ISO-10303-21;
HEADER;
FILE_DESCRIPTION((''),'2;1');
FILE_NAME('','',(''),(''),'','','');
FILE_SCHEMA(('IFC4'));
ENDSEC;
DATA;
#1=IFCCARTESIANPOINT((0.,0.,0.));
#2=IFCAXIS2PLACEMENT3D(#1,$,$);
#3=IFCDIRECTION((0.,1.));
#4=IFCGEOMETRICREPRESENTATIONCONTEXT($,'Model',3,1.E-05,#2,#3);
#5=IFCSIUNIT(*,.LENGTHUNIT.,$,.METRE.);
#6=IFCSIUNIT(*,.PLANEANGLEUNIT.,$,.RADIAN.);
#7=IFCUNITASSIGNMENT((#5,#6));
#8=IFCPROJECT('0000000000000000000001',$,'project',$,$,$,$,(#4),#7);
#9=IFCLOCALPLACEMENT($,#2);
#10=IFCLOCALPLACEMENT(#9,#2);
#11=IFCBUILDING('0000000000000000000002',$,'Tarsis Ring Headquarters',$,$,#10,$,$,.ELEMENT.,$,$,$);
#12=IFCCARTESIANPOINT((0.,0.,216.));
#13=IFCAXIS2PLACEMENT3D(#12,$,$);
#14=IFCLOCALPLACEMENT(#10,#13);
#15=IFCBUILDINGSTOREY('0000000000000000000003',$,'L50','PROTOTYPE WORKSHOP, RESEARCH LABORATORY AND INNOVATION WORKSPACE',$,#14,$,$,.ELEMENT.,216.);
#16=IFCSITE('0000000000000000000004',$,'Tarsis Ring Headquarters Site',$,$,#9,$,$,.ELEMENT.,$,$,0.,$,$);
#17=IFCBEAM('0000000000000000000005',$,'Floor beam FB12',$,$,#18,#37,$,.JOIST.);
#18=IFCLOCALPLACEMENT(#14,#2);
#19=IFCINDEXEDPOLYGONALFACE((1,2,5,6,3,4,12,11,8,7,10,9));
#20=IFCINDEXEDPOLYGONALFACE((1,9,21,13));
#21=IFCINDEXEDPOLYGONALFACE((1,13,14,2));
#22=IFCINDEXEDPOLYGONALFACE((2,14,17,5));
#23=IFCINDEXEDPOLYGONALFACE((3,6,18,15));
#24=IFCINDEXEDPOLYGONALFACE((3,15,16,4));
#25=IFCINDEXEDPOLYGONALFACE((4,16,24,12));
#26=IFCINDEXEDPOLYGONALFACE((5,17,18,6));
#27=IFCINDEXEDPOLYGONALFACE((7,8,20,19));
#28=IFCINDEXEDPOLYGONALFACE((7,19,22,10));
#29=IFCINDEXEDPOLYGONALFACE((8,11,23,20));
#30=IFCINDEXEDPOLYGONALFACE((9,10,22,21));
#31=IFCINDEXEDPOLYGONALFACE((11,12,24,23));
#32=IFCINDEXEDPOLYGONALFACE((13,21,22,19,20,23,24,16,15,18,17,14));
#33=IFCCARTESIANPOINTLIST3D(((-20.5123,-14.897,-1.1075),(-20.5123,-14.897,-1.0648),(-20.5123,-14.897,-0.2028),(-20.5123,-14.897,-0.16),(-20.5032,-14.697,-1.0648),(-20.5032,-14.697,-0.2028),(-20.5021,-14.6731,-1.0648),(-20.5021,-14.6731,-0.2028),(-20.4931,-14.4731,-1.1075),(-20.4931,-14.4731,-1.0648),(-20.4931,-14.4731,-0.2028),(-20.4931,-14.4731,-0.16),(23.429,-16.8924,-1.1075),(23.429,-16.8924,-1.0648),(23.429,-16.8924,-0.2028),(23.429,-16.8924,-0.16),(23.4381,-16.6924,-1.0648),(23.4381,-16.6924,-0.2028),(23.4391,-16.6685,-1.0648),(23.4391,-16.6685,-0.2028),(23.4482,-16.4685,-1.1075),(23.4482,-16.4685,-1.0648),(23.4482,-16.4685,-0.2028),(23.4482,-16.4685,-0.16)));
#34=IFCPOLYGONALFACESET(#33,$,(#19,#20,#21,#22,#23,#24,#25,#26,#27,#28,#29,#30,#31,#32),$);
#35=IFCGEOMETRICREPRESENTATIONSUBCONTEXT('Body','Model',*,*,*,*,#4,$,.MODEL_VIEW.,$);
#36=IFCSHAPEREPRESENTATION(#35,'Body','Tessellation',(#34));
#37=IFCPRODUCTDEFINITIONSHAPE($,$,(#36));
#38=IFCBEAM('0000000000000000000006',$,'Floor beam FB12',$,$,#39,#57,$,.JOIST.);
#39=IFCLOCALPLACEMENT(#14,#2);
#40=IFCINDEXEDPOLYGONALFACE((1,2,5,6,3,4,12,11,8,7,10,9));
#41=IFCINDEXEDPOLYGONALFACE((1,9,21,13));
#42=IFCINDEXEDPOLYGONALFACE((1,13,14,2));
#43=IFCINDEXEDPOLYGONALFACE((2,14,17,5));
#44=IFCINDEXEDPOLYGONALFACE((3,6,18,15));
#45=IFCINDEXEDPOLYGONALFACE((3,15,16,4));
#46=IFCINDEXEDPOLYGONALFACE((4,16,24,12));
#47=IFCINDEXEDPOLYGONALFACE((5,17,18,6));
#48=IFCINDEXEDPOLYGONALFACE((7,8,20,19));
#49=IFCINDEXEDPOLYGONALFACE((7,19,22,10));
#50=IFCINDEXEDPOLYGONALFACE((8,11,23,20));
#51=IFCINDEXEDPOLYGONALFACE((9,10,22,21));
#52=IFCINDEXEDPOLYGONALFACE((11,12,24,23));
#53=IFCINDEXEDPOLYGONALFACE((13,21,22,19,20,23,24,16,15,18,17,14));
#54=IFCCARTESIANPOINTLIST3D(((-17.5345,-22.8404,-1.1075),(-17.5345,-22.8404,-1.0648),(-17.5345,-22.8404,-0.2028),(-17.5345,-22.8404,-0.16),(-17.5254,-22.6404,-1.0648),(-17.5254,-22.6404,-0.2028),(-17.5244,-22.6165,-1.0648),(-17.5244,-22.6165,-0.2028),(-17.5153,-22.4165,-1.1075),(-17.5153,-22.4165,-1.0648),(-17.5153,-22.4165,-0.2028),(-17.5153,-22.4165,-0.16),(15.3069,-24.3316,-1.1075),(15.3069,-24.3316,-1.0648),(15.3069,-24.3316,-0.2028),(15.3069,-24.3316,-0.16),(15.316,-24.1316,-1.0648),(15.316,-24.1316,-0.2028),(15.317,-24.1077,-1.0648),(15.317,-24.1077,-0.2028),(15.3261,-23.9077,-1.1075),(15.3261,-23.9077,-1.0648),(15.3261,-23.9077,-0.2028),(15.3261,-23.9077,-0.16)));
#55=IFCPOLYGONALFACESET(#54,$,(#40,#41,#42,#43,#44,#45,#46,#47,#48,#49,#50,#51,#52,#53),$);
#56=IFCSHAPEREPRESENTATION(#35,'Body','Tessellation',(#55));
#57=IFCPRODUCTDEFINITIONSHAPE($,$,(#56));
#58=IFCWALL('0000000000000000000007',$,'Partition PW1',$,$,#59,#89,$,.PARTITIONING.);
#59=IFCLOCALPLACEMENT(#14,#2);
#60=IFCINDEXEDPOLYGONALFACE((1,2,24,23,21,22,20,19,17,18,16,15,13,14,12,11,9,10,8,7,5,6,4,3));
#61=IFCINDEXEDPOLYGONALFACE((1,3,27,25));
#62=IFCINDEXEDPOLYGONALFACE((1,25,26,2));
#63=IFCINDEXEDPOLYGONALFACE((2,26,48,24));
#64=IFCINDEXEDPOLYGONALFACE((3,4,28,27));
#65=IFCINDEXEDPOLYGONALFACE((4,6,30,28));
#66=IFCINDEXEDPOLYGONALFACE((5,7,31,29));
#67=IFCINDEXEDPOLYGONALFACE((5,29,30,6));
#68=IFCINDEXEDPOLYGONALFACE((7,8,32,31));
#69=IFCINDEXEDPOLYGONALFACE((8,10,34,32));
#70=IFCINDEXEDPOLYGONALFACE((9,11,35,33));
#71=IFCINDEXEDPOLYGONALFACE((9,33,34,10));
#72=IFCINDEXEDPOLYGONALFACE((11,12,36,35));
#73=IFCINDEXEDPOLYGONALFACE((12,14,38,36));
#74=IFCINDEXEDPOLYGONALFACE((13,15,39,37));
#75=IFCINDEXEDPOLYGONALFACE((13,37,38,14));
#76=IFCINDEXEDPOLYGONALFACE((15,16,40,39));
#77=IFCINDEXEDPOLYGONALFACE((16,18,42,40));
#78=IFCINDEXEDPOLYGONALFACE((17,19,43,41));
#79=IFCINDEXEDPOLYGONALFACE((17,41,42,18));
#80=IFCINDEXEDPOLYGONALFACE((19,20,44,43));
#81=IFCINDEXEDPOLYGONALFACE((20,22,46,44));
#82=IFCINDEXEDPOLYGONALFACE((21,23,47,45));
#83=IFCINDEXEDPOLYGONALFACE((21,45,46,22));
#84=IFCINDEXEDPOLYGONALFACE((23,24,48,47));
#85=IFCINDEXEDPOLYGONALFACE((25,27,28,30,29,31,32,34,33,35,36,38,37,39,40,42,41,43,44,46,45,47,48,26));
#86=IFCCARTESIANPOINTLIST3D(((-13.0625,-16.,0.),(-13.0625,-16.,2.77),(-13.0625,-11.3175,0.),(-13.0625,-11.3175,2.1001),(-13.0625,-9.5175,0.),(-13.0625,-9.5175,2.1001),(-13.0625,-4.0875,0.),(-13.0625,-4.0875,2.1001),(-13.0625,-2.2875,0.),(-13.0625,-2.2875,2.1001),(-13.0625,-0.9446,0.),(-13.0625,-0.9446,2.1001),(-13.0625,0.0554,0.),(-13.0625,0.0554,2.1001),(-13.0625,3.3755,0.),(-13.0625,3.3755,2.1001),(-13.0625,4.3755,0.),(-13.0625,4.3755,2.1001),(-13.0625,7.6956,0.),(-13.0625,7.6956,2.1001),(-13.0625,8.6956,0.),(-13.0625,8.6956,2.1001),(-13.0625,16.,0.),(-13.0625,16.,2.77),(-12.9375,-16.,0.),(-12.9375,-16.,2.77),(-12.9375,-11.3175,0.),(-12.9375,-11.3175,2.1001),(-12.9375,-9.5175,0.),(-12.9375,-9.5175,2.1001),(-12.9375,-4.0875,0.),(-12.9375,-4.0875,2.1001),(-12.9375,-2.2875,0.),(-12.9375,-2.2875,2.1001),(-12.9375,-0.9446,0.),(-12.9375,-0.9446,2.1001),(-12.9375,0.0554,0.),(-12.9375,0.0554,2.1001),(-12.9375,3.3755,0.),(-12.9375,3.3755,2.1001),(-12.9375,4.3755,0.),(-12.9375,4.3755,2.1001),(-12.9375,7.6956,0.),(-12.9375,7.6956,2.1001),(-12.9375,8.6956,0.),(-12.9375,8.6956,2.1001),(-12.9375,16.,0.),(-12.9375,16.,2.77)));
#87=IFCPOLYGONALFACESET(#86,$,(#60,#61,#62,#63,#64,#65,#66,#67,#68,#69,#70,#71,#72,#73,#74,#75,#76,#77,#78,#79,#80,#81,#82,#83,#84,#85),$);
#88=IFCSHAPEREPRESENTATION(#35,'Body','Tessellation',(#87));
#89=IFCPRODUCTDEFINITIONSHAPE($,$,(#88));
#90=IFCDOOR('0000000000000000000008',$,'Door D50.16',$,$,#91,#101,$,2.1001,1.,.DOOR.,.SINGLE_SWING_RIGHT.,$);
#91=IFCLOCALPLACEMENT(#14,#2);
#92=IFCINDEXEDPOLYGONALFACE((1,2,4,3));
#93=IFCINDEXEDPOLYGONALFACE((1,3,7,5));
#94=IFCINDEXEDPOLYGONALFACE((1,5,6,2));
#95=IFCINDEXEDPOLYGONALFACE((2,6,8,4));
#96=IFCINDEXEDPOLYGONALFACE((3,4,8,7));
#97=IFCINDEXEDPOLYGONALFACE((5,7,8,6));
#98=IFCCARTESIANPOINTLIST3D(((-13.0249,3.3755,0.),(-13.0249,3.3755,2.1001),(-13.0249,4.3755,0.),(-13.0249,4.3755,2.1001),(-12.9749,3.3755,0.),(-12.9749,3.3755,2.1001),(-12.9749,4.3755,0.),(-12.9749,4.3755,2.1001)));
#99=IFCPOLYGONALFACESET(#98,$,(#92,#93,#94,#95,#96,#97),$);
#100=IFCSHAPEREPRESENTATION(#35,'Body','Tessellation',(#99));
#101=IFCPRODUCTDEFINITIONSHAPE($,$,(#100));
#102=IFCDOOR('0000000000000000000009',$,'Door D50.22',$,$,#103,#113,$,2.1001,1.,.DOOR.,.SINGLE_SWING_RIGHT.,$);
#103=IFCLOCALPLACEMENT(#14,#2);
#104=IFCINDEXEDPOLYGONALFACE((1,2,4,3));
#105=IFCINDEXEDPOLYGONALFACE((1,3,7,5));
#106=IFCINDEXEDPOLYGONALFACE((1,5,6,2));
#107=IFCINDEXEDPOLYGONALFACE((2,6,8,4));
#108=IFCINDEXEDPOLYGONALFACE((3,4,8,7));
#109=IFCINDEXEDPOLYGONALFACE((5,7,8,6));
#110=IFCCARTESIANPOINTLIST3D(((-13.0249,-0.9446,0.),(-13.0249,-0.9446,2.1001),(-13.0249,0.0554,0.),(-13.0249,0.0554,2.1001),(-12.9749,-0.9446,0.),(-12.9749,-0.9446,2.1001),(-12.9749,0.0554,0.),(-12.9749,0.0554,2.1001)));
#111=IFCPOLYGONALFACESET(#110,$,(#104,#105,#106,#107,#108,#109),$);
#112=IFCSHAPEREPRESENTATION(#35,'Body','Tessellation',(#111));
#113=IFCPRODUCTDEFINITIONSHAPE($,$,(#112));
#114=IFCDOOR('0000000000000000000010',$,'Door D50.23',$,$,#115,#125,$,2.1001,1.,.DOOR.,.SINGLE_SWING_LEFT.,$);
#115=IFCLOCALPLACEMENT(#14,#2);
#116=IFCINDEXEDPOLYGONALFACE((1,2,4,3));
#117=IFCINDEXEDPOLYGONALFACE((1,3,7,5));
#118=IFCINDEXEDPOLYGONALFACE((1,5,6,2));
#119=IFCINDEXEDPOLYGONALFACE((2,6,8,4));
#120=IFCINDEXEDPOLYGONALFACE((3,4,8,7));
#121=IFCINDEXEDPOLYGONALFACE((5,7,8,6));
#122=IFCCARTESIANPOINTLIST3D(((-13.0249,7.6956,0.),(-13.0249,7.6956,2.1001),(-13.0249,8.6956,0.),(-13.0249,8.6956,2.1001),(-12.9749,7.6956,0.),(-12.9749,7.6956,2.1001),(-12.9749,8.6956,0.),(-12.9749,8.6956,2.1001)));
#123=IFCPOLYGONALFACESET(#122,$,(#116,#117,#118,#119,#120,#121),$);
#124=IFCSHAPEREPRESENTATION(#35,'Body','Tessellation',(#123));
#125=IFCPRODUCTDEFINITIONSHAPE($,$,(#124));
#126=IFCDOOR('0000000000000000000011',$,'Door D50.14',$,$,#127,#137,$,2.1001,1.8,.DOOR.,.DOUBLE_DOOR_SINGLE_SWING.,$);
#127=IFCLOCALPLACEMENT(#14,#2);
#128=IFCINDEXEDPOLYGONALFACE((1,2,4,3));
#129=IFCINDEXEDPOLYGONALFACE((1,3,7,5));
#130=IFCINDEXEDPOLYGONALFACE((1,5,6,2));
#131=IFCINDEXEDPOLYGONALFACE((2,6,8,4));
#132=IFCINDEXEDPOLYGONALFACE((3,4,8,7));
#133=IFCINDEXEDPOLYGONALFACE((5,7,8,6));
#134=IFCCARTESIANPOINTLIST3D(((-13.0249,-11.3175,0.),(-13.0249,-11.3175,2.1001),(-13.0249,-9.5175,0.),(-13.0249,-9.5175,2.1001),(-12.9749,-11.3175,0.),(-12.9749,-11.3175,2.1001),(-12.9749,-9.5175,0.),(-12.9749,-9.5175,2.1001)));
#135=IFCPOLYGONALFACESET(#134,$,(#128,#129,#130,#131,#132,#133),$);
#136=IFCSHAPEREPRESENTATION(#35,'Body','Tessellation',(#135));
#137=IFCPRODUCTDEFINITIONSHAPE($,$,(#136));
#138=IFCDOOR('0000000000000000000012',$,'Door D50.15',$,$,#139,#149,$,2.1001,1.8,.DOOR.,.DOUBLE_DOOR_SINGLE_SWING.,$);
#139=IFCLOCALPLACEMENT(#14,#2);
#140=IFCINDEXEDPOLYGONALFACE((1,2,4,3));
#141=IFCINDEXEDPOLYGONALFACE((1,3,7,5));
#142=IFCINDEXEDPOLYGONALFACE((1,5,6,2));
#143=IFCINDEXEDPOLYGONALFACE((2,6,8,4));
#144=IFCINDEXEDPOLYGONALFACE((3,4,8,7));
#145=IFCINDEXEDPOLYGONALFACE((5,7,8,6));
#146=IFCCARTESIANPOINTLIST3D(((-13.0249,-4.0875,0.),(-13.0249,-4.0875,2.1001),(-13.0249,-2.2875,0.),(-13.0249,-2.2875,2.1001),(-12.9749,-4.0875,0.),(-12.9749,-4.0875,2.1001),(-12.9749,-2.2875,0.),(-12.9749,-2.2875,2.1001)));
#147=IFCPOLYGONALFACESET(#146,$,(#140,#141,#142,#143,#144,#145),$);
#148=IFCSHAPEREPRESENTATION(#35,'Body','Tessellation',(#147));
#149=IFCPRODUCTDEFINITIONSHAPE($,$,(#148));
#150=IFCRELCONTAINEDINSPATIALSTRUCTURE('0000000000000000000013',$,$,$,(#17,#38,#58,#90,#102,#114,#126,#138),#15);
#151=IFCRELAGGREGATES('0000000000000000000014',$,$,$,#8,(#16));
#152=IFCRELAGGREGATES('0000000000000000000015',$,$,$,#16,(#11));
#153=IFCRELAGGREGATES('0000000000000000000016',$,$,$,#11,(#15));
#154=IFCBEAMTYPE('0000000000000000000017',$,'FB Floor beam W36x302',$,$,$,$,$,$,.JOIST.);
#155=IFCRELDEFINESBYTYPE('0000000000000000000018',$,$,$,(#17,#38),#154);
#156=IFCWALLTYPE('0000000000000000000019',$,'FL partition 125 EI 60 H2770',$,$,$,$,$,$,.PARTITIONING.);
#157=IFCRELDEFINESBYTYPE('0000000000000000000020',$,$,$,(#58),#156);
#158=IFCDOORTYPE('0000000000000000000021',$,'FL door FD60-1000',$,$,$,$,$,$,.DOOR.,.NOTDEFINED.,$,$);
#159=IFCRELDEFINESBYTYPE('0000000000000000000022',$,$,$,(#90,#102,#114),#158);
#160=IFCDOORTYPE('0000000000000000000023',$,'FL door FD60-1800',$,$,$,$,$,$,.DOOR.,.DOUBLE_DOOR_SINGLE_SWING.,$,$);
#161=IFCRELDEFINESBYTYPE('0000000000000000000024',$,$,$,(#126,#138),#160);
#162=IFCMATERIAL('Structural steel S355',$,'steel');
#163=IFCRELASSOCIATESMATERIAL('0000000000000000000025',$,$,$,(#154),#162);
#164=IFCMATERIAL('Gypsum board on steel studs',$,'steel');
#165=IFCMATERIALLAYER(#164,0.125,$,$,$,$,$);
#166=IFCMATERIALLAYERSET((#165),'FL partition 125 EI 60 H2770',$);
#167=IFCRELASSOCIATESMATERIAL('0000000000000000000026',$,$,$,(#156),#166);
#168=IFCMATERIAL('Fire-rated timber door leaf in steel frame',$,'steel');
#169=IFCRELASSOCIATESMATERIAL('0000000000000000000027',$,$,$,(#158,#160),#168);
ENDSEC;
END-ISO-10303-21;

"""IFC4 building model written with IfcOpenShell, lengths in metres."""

from ifc_helpers import new_model, si_unit, direction, frame, frame_2d, origin, origin_2d, place, context, subcontext, project, spatial, rectangle, i_section, extrude, material, layer, layer_set, material_profile, profile_set, type_object, element, fill, save


model = new_model("IFC4")

# Units and contexts
model_context = context("Model", 3, precision=1e-05, world=origin(), true_north=direction((0.0, 1.0)))
body_context = subcontext(model_context, "Body", "Model", "MODEL_VIEW")
ifc_project = project(units=[si_unit("LENGTHUNIT", "METRE"), si_unit("PLANEANGLEUNIT", "RADIAN")], contexts=[model_context])

# Site, building, storey
site_placement = place(None, origin())
site = spatial("IfcSite", under=ifc_project, at=site_placement, Name="Tarsis Ring Headquarters Site", CompositionType="ELEMENT", RefElevation=0.0)
building_placement = place(site_placement, origin())
building = spatial("IfcBuilding", under=site, at=building_placement, Name="Tarsis Ring Headquarters", CompositionType="ELEMENT")
storey_placement = place(building_placement, frame((0.0, 0.0, 216.0)))
storey = spatial("IfcBuildingStorey", under=building, at=storey_placement, Name="L50", Description="PROTOTYPE WORKSHOP, RESEARCH LABORATORY AND INNOVATION WORKSPACE", CompositionType="ELEMENT", Elevation=216.0)

# Beams
ifc_material_1 = material(Name="Structural steel S355", Category="steel")
ifc_material_profile = material_profile(ifc_material_1, i_section(OverallWidth=0.4243, OverallDepth=0.9475, WebThickness=0.0239, FlangeThickness=0.0427, at=origin_2d()), Name="W36x302")
ifc_profile_set = profile_set([ifc_material_profile], Name="Structural steel S355")
beam_type = type_object("IfcBeamType", Name="FB Floor beam W36x302", PredefinedType="JOIST", material=ifc_profile_set)
beam_1_placement = place(storey_placement, frame((-20.5027, -14.6851, -0.6338), z_axis=(0.998971, -0.045363, 0.0), x_axis=(0.045363, 0.998971, 0.0)))
element("IfcBeam", 1, at=beam_1_placement, inside=storey, type_object=beam_type, Name="Floor beam FB12", PredefinedType="JOIST", context=body_context, shape_type="SweptSolid", body=[
    extrude(i_section(OverallWidth=0.4243, OverallDepth=0.9475, WebThickness=0.0239, FlangeThickness=0.0427, at=origin_2d()), origin(), (0.0, 0.0, 1.0), 43.9866),
])
beam_2_placement = place(storey_placement, frame((-17.5249, -22.6284, -0.6338), z_axis=(0.998971, -0.04536, 0.0), x_axis=(0.04536, 0.998971, 0.0)))
element("IfcBeam", 2, at=beam_2_placement, inside=storey, type_object=beam_type, Name="Floor beam FB12", PredefinedType="JOIST", context=body_context, shape_type="SweptSolid", body=[
    extrude(i_section(OverallWidth=0.4243, OverallDepth=0.9475, WebThickness=0.0239, FlangeThickness=0.0427, at=origin_2d()), origin(), (0.0, 0.0, 1.0), 32.8752),
])

# Wall, openings, doors
ifc_material_2 = material(Name="Gypsum board on steel studs", Category="steel")
ifc_layer_1 = layer(ifc_material_2, 0.125)
ifc_layer_set_1 = layer_set([ifc_layer_1], Name="FL partition 125 EI 60 H2770")
wall_type_1 = type_object("IfcWallType", Name="FL partition 125 EI 60 H2770", PredefinedType="PARTITIONING", material=ifc_layer_set_1)
wall_1_placement = place(storey_placement, frame((-13.0, -16.0, 0.0), z_axis=(0.0, 0.0, 1.0), x_axis=(0.0, 1.0, 0.0)))
wall_1 = element("IfcWall", 3, at=wall_1_placement, inside=storey, type_object=wall_type_1, Name="Partition PW1", PredefinedType="PARTITIONING", context=body_context, shape_type="SweptSolid", body=[
    extrude(rectangle(XDim=32.0, YDim=0.125, at=frame_2d((16.0, 0.0))), origin(), (0.0, 0.0, 1.0), 2.77),
])
opening_1_placement = place(wall_1_placement, frame((4.6826, 0.0, 0.0)))
opening_1 = element("IfcOpeningElement", 4, at=opening_1_placement, cuts=wall_1, PredefinedType="OPENING", context=body_context, shape_type="SweptSolid", body=[
    extrude(rectangle(XDim=1.8, YDim=2.1001, at=frame_2d((0.8999, 1.05))), frame((0.0, 0.0725, 0.0), z_axis=(0.0, -1.0, 0.0), x_axis=(1.0, 0.0, 0.0)), (0.0, 0.0, 1.0), 0.145),
])
opening_2_placement = place(wall_1_placement, frame((11.9126, 0.0, 0.0)))
opening_2 = element("IfcOpeningElement", 5, at=opening_2_placement, cuts=wall_1, PredefinedType="OPENING", context=body_context, shape_type="SweptSolid", body=[
    extrude(rectangle(XDim=1.8, YDim=2.1001, at=frame_2d((0.8999, 1.05))), frame((0.0, 0.0725, 0.0), z_axis=(0.0, -1.0, 0.0), x_axis=(1.0, 0.0, 0.0)), (0.0, 0.0, 1.0), 0.145),
])
opening_3_placement = place(wall_1_placement, frame((19.3755, 0.0, 0.0)))
opening_3 = element("IfcOpeningElement", 6, at=opening_3_placement, cuts=wall_1, PredefinedType="OPENING", context=body_context, shape_type="SweptSolid", body=[
    extrude(rectangle(XDim=1.0, YDim=2.1001, at=frame_2d((0.5, 1.05))), frame((0.0, 0.0725, 0.0), z_axis=(0.0, -1.0, 0.0), x_axis=(1.0, 0.0, 0.0)), (0.0, 0.0, 1.0), 0.145),
])
opening_4_placement = place(wall_1_placement, frame((15.0554, 0.0, 0.0)))
opening_4 = element("IfcOpeningElement", 7, at=opening_4_placement, cuts=wall_1, PredefinedType="OPENING", context=body_context, shape_type="SweptSolid", body=[
    extrude(rectangle(XDim=1.0, YDim=2.1001, at=frame_2d((0.5, 1.05))), frame((0.0, 0.0725, 0.0), z_axis=(0.0, -1.0, 0.0), x_axis=(1.0, 0.0, 0.0)), (0.0, 0.0, 1.0), 0.145),
])
opening_5_placement = place(wall_1_placement, frame((23.6956, 0.0, 0.0)))
opening_5 = element("IfcOpeningElement", 8, at=opening_5_placement, cuts=wall_1, PredefinedType="OPENING", context=body_context, shape_type="SweptSolid", body=[
    extrude(rectangle(XDim=1.0, YDim=2.1001, at=frame_2d((0.5, 1.05))), frame((0.0, 0.0725, 0.0), z_axis=(0.0, -1.0, 0.0), x_axis=(1.0, 0.0, 0.0)), (0.0, 0.0, 1.0), 0.145),
])
ifc_material_3 = material(Name="Fire-rated timber door leaf in steel frame", Category="steel")
door_type_1 = type_object("IfcDoorType", Name="FL door FD60-1000", OperationType="NOTDEFINED", PredefinedType="DOOR", material=ifc_material_3)
door_1_placement = place(opening_3_placement, origin())
door_1 = element("IfcDoor", 9, at=door_1_placement, inside=storey, type_object=door_type_1, Name="Door D50.16", OperationType="SINGLE_SWING_RIGHT", OverallHeight=2.1001, OverallWidth=1.0, PredefinedType="DOOR", context=body_context, shape_type="SweptSolid", body=[
    extrude(rectangle(XDim=1.0, YDim=2.1001, at=frame_2d((0.5, 1.05))), frame((0.0, 0.0249, 0.0), z_axis=(0.0, -1.0, 0.0), x_axis=(1.0, 0.0, 0.0)), (0.0, 0.0, 1.0), 0.05),
])
fill(opening_3, door_1)
door_2_placement = place(opening_4_placement, origin())
door_2 = element("IfcDoor", 10, at=door_2_placement, inside=storey, type_object=door_type_1, Name="Door D50.22", OperationType="SINGLE_SWING_RIGHT", OverallHeight=2.1001, OverallWidth=1.0, PredefinedType="DOOR", context=body_context, shape_type="SweptSolid", body=[
    extrude(rectangle(XDim=1.0, YDim=2.1001, at=frame_2d((0.5, 1.05))), frame((0.0, 0.0249, 0.0), z_axis=(0.0, -1.0, 0.0), x_axis=(1.0, 0.0, 0.0)), (0.0, 0.0, 1.0), 0.05),
])
fill(opening_4, door_2)
door_3_placement = place(opening_5_placement, origin())
door_3 = element("IfcDoor", 11, at=door_3_placement, inside=storey, type_object=door_type_1, Name="Door D50.23", OperationType="SINGLE_SWING_LEFT", OverallHeight=2.1001, OverallWidth=1.0, PredefinedType="DOOR", context=body_context, shape_type="SweptSolid", body=[
    extrude(rectangle(XDim=1.0, YDim=2.1001, at=frame_2d((0.5, 1.05))), frame((0.0, 0.0249, 0.0), z_axis=(0.0, -1.0, 0.0), x_axis=(1.0, 0.0, 0.0)), (0.0, 0.0, 1.0), 0.05),
])
fill(opening_5, door_3)
door_type_2 = type_object("IfcDoorType", Name="FL door FD60-1800", OperationType="DOUBLE_DOOR_SINGLE_SWING", PredefinedType="DOOR", material=ifc_material_3)
door_4_placement = place(opening_1_placement, origin())
door_4 = element("IfcDoor", 12, at=door_4_placement, inside=storey, type_object=door_type_2, Name="Door D50.14", OperationType="DOUBLE_DOOR_SINGLE_SWING", OverallHeight=2.1001, OverallWidth=1.8, PredefinedType="DOOR", context=body_context, shape_type="SweptSolid", body=[
    extrude(rectangle(XDim=1.8, YDim=2.1001, at=frame_2d((0.8999, 1.05))), frame((0.0, 0.0249, 0.0), z_axis=(0.0, -1.0, 0.0), x_axis=(1.0, 0.0, 0.0)), (0.0, 0.0, 1.0), 0.05),
])
fill(opening_1, door_4)
door_5_placement = place(opening_2_placement, origin())
door_5 = element("IfcDoor", 13, at=door_5_placement, inside=storey, type_object=door_type_2, Name="Door D50.15", OperationType="DOUBLE_DOOR_SINGLE_SWING", OverallHeight=2.1001, OverallWidth=1.8, PredefinedType="DOOR", context=body_context, shape_type="SweptSolid", body=[
    extrude(rectangle(XDim=1.8, YDim=2.1001, at=frame_2d((0.8999, 1.05))), frame((0.0, 0.0249, 0.0), z_axis=(0.0, -1.0, 0.0), x_axis=(1.0, 0.0, 0.0)), (0.0, 0.0, 1.0), 0.05),
])
fill(opening_2, door_5)

save(model, "model.ifc")
